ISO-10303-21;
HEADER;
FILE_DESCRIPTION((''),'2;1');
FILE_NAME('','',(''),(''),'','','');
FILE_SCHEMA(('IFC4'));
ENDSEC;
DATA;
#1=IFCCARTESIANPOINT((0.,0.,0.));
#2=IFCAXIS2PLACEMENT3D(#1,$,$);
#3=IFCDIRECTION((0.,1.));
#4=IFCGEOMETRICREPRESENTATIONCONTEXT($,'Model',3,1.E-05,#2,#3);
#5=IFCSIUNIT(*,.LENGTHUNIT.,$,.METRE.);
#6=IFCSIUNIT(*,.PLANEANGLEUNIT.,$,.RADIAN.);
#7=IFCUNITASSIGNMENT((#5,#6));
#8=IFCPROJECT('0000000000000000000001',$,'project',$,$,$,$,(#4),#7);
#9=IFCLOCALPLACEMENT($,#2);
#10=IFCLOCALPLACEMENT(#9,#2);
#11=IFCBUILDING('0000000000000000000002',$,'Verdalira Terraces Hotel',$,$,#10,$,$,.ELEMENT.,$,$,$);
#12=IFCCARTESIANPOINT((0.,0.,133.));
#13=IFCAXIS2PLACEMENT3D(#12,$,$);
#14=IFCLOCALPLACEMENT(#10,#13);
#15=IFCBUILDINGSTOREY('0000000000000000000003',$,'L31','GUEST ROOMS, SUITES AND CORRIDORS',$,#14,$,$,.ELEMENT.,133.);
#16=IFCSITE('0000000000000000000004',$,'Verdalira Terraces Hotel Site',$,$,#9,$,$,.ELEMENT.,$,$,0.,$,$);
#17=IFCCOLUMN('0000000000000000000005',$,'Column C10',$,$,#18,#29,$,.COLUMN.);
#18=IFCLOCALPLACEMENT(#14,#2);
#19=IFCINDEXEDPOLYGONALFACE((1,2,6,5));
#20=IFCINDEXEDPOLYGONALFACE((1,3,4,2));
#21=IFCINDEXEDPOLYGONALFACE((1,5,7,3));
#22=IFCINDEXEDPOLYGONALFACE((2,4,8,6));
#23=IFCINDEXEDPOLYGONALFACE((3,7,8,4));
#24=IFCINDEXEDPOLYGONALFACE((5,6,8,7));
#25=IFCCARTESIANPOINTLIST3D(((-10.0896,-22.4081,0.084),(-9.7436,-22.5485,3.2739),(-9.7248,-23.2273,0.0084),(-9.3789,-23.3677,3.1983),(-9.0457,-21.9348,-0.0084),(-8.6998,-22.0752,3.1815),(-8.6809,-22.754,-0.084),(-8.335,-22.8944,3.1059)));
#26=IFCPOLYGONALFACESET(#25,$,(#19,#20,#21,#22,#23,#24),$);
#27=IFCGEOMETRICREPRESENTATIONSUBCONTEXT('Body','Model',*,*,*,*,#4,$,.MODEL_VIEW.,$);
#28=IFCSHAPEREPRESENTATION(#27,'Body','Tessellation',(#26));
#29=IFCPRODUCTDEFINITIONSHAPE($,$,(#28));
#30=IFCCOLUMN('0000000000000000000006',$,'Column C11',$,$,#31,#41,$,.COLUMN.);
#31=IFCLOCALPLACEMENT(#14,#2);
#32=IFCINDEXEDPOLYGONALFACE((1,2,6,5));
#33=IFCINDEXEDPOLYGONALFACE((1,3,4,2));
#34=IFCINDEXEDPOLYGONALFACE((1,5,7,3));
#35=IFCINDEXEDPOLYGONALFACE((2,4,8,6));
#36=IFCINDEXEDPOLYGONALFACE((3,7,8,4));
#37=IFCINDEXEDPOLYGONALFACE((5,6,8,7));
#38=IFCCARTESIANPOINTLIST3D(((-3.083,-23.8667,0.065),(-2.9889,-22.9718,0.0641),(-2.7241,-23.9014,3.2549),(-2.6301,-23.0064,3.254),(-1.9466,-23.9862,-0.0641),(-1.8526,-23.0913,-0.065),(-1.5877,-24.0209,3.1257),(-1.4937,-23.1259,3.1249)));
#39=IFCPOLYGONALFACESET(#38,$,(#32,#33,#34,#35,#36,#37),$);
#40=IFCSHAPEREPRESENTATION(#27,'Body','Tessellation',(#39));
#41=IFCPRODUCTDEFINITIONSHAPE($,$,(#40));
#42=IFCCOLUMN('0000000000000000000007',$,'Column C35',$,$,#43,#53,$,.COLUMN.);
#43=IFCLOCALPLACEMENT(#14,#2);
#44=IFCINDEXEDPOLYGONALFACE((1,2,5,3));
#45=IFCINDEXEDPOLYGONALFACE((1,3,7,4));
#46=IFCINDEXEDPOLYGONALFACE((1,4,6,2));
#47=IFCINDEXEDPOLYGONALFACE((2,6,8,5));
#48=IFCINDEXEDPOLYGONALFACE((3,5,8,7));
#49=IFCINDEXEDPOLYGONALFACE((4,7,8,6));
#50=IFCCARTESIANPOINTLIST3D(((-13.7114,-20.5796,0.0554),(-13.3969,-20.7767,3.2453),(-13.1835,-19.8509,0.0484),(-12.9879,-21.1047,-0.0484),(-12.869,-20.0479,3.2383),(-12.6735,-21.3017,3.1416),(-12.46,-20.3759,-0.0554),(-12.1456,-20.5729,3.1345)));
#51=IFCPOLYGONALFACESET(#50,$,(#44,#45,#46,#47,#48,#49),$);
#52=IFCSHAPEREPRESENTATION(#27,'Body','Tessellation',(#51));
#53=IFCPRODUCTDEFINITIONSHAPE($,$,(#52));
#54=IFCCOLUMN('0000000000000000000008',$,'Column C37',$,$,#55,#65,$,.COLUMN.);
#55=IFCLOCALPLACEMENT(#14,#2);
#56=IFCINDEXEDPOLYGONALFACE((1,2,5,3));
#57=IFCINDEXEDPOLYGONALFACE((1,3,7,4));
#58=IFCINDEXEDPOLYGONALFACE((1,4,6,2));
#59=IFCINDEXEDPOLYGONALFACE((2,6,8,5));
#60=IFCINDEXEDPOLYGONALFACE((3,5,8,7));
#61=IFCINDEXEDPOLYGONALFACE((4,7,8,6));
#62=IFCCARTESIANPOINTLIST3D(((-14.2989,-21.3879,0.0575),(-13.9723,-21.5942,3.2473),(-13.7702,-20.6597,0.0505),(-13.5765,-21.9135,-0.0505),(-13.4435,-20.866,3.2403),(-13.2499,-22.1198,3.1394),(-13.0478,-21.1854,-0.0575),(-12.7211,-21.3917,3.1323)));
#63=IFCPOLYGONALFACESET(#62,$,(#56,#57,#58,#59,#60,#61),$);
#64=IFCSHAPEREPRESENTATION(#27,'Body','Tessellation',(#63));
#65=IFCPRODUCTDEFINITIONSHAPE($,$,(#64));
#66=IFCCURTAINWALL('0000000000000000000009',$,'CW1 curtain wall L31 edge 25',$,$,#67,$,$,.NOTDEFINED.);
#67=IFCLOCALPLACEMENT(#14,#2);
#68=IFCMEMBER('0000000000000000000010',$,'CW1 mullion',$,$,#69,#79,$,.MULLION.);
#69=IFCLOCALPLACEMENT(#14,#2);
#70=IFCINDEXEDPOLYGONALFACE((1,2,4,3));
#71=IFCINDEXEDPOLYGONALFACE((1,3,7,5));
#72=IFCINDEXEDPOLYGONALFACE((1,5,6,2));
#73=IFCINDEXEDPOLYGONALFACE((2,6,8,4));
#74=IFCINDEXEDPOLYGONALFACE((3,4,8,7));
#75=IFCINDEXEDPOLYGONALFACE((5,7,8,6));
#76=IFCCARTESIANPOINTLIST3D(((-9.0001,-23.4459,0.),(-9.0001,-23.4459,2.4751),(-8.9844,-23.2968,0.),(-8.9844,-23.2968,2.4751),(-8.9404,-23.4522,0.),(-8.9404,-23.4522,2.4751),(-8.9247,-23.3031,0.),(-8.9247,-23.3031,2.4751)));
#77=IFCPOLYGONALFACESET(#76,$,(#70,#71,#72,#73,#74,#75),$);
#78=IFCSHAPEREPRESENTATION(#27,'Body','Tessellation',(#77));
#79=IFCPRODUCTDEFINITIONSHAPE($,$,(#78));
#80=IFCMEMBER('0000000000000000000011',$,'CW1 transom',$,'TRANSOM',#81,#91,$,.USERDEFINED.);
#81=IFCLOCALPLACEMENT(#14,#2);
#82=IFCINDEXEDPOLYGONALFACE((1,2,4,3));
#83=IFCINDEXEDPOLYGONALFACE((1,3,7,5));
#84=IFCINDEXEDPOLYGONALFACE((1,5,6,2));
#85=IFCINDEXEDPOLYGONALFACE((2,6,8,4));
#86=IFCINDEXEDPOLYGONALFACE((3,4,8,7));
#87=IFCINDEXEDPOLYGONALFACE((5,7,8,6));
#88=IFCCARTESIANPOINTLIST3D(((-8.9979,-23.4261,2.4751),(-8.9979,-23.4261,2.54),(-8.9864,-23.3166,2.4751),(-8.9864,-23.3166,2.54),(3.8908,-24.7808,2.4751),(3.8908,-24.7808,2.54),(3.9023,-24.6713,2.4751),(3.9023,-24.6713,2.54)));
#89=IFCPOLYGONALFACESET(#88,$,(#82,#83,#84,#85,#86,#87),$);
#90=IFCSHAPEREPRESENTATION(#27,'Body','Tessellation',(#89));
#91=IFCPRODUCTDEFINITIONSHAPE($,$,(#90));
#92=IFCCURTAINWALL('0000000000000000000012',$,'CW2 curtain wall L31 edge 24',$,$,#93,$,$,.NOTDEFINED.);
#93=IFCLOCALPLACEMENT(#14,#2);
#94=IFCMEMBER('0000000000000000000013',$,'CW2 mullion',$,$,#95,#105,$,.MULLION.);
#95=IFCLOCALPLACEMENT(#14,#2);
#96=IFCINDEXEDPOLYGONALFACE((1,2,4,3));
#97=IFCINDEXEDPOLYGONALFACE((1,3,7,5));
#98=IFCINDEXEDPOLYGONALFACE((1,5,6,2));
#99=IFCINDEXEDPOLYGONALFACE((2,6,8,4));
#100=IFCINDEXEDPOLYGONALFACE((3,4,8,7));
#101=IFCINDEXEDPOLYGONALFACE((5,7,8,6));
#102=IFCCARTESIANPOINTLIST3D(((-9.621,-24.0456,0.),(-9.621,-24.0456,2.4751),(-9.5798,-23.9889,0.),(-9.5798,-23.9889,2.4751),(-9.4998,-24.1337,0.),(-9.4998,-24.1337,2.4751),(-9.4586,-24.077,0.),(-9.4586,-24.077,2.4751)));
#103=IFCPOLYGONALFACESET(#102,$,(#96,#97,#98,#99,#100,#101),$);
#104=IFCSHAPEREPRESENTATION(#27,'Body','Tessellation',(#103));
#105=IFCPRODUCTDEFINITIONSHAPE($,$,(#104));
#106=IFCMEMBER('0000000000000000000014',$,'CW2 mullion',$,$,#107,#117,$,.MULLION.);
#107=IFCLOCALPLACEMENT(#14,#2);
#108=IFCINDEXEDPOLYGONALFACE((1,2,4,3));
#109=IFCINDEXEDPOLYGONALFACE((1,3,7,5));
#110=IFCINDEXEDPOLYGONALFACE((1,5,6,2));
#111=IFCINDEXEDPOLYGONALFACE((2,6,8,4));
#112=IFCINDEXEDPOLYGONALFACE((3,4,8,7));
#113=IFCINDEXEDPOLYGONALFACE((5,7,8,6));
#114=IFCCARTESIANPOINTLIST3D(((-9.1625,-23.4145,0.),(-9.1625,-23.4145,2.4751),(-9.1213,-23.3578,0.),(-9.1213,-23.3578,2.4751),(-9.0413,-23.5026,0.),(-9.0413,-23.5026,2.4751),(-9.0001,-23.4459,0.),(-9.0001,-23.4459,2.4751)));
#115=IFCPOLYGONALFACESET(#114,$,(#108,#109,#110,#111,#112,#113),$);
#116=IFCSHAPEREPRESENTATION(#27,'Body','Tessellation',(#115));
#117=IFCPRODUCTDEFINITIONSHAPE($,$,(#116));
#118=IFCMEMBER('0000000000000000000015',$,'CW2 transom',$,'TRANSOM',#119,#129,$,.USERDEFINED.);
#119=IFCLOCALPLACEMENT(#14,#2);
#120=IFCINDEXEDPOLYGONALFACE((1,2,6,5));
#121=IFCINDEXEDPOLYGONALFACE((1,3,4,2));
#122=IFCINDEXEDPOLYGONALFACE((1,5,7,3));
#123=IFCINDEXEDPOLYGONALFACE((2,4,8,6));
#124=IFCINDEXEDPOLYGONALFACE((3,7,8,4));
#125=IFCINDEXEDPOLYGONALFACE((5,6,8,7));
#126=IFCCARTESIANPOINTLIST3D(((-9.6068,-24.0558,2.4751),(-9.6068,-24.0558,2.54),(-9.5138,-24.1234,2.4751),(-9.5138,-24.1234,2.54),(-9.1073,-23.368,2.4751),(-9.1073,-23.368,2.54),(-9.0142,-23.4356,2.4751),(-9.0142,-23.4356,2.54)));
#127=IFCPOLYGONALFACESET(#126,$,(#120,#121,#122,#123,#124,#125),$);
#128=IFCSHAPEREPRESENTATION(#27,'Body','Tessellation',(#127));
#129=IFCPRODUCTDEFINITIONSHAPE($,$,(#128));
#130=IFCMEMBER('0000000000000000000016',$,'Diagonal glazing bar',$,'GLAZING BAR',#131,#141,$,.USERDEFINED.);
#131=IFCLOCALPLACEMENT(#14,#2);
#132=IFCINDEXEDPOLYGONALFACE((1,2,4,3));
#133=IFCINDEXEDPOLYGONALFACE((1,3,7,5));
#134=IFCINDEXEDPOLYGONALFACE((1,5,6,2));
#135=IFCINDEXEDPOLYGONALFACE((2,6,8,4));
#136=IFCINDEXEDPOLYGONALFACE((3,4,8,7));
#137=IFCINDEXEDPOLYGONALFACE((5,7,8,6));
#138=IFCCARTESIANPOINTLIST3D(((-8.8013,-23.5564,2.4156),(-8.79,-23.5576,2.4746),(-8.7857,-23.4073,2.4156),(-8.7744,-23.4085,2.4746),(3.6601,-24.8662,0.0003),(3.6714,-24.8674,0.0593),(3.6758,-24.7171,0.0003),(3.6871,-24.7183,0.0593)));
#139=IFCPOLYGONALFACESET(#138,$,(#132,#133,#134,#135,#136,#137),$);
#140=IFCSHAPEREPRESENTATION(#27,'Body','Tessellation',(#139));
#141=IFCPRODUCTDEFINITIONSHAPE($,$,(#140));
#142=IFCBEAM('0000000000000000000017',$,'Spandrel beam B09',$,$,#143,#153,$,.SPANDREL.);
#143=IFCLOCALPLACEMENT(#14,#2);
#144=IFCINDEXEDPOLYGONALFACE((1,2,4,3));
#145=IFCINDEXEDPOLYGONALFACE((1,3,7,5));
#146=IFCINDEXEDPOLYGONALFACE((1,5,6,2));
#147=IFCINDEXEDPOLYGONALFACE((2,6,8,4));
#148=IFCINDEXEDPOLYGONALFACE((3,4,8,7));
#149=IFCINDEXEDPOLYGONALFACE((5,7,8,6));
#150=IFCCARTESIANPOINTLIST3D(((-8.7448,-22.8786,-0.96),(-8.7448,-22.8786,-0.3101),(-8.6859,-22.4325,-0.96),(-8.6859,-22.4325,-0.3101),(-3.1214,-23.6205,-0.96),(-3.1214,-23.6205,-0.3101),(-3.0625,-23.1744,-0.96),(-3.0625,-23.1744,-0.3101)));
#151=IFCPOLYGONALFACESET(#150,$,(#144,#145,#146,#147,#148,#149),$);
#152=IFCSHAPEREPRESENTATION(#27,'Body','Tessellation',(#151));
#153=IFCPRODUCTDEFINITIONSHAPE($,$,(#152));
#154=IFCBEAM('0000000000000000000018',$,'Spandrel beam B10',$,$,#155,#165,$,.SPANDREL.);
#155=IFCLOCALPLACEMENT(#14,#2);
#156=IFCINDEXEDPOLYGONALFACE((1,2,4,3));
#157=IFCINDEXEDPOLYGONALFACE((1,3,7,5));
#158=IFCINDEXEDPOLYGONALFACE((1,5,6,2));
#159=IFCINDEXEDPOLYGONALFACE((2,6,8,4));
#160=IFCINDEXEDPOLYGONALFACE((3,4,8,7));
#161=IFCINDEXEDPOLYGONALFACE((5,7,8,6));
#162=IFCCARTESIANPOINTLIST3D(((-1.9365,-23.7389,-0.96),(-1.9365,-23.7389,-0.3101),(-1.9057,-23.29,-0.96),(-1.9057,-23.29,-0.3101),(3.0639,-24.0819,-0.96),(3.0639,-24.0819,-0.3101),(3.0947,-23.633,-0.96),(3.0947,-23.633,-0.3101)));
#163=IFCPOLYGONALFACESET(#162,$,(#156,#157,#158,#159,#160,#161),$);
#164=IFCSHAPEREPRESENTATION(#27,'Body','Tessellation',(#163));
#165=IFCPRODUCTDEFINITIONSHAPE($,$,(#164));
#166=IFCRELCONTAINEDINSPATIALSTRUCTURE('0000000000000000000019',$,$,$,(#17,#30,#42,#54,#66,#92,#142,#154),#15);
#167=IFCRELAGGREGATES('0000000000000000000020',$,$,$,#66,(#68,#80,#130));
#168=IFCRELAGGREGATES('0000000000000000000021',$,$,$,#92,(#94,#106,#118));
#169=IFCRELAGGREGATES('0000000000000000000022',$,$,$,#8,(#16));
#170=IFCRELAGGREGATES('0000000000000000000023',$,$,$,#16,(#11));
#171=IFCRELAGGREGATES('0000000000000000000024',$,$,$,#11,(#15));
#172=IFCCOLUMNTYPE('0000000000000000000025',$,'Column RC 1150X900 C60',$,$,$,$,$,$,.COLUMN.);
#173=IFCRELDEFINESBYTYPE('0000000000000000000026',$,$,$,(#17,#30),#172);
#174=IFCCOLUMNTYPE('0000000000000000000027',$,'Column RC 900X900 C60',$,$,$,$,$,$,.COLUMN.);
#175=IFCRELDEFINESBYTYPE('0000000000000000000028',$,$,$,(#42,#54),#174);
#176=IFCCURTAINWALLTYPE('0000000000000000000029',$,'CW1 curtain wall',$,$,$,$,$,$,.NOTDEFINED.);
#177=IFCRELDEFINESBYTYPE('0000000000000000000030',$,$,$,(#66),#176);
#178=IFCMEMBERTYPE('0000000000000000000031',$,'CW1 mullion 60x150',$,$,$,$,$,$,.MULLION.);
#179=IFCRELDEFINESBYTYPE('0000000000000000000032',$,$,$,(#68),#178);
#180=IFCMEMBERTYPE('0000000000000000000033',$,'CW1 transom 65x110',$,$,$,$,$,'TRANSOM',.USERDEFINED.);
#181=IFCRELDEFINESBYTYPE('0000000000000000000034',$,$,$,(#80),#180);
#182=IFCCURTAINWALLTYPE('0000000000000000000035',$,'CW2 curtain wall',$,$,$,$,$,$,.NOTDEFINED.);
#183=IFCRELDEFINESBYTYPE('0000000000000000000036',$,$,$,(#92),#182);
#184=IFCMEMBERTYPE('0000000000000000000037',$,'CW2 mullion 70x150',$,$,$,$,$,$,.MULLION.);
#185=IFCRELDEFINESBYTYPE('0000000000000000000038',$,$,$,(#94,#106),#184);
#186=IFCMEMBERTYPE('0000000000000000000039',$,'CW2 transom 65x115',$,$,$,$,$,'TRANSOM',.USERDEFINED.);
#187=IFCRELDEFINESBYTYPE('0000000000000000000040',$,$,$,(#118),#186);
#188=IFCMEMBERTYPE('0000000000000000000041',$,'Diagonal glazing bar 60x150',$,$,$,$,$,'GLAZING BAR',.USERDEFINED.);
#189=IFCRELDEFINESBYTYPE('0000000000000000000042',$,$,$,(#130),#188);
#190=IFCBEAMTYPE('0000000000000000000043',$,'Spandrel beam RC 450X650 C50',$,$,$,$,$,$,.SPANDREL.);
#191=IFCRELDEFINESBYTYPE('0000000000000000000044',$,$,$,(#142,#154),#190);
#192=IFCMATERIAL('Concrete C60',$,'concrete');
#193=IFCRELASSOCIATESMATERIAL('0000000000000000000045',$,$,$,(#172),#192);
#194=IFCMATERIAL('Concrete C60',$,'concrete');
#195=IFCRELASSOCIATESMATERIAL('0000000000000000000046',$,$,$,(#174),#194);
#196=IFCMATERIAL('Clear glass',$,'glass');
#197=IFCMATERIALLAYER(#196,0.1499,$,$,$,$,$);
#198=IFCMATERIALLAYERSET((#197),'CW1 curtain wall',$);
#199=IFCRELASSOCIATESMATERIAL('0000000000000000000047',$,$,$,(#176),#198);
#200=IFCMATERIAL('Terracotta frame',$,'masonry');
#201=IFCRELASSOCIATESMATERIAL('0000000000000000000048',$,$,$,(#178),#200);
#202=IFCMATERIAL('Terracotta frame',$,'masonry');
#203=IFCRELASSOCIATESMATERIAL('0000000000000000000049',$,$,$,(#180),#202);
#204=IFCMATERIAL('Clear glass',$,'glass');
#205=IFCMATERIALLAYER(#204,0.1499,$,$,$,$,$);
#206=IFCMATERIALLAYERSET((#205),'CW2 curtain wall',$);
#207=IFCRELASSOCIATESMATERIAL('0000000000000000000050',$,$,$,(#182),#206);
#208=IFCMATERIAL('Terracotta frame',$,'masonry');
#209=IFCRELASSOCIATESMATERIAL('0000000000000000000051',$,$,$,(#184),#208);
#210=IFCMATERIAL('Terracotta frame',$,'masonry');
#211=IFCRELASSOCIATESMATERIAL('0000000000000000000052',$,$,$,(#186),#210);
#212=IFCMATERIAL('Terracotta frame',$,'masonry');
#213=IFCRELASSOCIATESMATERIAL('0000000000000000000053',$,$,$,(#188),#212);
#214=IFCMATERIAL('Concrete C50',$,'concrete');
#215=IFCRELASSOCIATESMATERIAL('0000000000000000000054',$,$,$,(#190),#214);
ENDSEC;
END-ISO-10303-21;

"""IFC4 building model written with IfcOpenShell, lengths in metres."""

from ifc_helpers import new_model, si_unit, direction, frame, origin, origin_2d, place, context, subcontext, project, spatial, rectangle, extrude, material, layer, layer_set, material_profile, profile_set, type_object, element, aggregate, save


model = new_model("IFC4")

# Units and contexts
model_context = context("Model", 3, precision=1e-05, world=origin(), true_north=direction((0.0, 1.0)))
body_context = subcontext(model_context, "Body", "Model", "MODEL_VIEW")
ifc_project = project(units=[si_unit("LENGTHUNIT", "METRE"), si_unit("PLANEANGLEUNIT", "RADIAN")], contexts=[model_context])

# Site, building, storey
site_placement = place(None, origin())
site = spatial("IfcSite", under=ifc_project, at=site_placement, Name="Verdalira Terraces Hotel Site", CompositionType="ELEMENT", RefElevation=0.0)
building_placement = place(site_placement, origin())
building = spatial("IfcBuilding", under=site, at=building_placement, Name="Verdalira Terraces Hotel", CompositionType="ELEMENT")
storey_placement = place(building_placement, frame((0.0, 0.0, 133.0)))
storey = spatial("IfcBuildingStorey", under=building, at=storey_placement, Name="L31", Description="GUEST ROOMS, SUITES AND CORRIDORS", CompositionType="ELEMENT", Elevation=133.0)

# Columns
ifc_material_1 = material(Name="Concrete C60", Category="concrete")
ifc_material_profile_1 = material_profile(ifc_material_1, rectangle(XDim=1.1499, YDim=0.8999, at=origin_2d()), Name="RC 1150X900")
ifc_profile_set_1 = profile_set([ifc_material_profile_1], Name="Concrete C60")
column_type_1 = type_object("IfcColumnType", Name="Column RC 1150X900 C60", PredefinedType="COLUMN", material=ifc_profile_set_1)
column_1_placement = place(storey_placement, frame((-9.3853, -22.5811, 0.0), z_axis=(0.107714, -0.043709, 0.993221), x_axis=(-0.9078, -0.411637, 0.080335)))
element("IfcColumn", 1, at=column_1_placement, inside=storey, type_object=column_type_1, Name="Column C10", PredefinedType="COLUMN", context=body_context, shape_type="SweptSolid", body=[
    extrude(rectangle(XDim=1.1499, YDim=0.8999, at=origin_2d()), origin(), (0.0, 0.0, 1.0), 3.2117),
])
column_2_placement = place(storey_placement, frame((-2.4678, -23.479, 0.0), z_axis=(0.111794, -0.010799, 0.993673), x_axis=(0.988223, -0.103932, -0.11231)))
element("IfcColumn", 2, at=column_2_placement, inside=storey, type_object=column_type_1, Name="Column C11", PredefinedType="COLUMN", context=body_context, shape_type="SweptSolid", body=[
    extrude(rectangle(XDim=1.1499, YDim=0.8999, at=origin_2d()), origin(), (0.0, 0.0, 1.0), 3.2102),
])
ifc_material_2 = material(Name="Concrete C60", Category="concrete")
ifc_material_profile_2 = material_profile(ifc_material_2, rectangle(XDim=0.8999, YDim=0.8999, at=origin_2d()), Name="RC 900X900")
ifc_profile_set_2 = profile_set([ifc_material_profile_2], Name="Concrete C60")
column_type_2 = type_object("IfcColumnType", Name="Column RC 900X900 C60", PredefinedType="COLUMN", material=ifc_profile_set_2)
column_3_placement = place(storey_placement, frame((-13.0857, -20.4778, 0.0), z_axis=(0.097916, -0.06135, 0.993302), x_axis=(-0.58661, -0.809832, 0.007808)))
element("IfcColumn", 3, at=column_3_placement, inside=storey, type_object=column_type_2, Name="Column C35", PredefinedType="COLUMN", context=body_context, shape_type="SweptSolid", body=[
    extrude(rectangle(XDim=0.8999, YDim=0.8999, at=origin_2d()), origin(), (0.0, 0.0, 1.0), 3.2114),
])
column_4_placement = place(storey_placement, frame((-13.6733, -21.2866, 0.0), z_axis=(0.10166, -0.064202, 0.992745), x_axis=(-0.587559, -0.809143, 0.007839)))
element("IfcColumn", 4, at=column_4_placement, inside=storey, type_object=column_type_2, Name="Column C37", PredefinedType="COLUMN", context=body_context, shape_type="SweptSolid", body=[
    extrude(rectangle(XDim=0.8999, YDim=0.8999, at=origin_2d()), origin(), (0.0, 0.0, 1.0), 3.2131),
])

# Curtain walls, members
ifc_material_3 = material(Name="Clear glass", Category="glass")
ifc_layer_1 = layer(ifc_material_3, 0.1499)
ifc_layer_set_1 = layer_set([ifc_layer_1], Name="CW1 curtain wall")
curtain_wall_type_1 = type_object("IfcCurtainWallType", Name="CW1 curtain wall", PredefinedType="NOTDEFINED", material=ifc_layer_set_1)
curtain_wall_1_placement = place(storey_placement, origin())
curtain_wall_1 = element("IfcCurtainWall", 5, at=curtain_wall_1_placement, inside=storey, type_object=curtain_wall_type_1, Name="CW1 curtain wall L31 edge 25", PredefinedType="NOTDEFINED")
ifc_material_4 = material(Name="Terracotta frame", Category="masonry")
ifc_material_profile_3 = material_profile(ifc_material_4, rectangle(XDim=0.0601, YDim=0.1499, at=origin_2d()), Name="MU 60x150")
ifc_profile_set_3 = profile_set([ifc_material_profile_3], Name="Terracotta frame")
member_type_1 = type_object("IfcMemberType", Name="CW1 mullion 60x150", PredefinedType="MULLION", material=ifc_profile_set_3)
member_1_placement = place(storey_placement, frame((-8.9624, -23.3745, 0.0), z_axis=(0.0, 0.0, 1.0), x_axis=(0.994522, -0.104528, 0.0)))
member_1 = element("IfcMember", 6, at=member_1_placement, type_object=member_type_1, Name="CW1 mullion", PredefinedType="MULLION", context=body_context, shape_type="SweptSolid", body=[
    extrude(rectangle(XDim=0.0601, YDim=0.1499, at=origin_2d()), origin(), (0.0, 0.0, 1.0), 2.4751),
])
ifc_material_5 = material(Name="Terracotta frame", Category="masonry")
ifc_material_profile_4 = material_profile(ifc_material_5, rectangle(XDim=0.1101, YDim=0.0649, at=origin_2d()), Name="TR 65x110")
ifc_profile_set_4 = profile_set([ifc_material_profile_4], Name="Terracotta frame")
member_type_2 = type_object("IfcMemberType", Name="CW1 transom 65x110", ElementType="TRANSOM", PredefinedType="USERDEFINED", material=ifc_profile_set_4)
member_2_placement = place(storey_placement, frame((-8.9922, -23.3713, 2.5076), z_axis=(0.994521, -0.104535, 0.0), x_axis=(0.104535, 0.994521, 0.0)))
member_2 = element("IfcMember", 7, at=member_2_placement, type_object=member_type_2, Name="CW1 transom", ObjectType="TRANSOM", PredefinedType="USERDEFINED", context=body_context, shape_type="SweptSolid", body=[
    extrude(rectangle(XDim=0.1101, YDim=0.0649, at=origin_2d()), origin(), (0.0, 0.0, 1.0), 12.9597),
])
ifc_material_6 = material(Name="Clear glass", Category="glass")
ifc_layer_2 = layer(ifc_material_6, 0.1499)
ifc_layer_set_2 = layer_set([ifc_layer_2], Name="CW2 curtain wall")
curtain_wall_type_2 = type_object("IfcCurtainWallType", Name="CW2 curtain wall", PredefinedType="NOTDEFINED", material=ifc_layer_set_2)
curtain_wall_2_placement = place(storey_placement, origin())
curtain_wall_2 = element("IfcCurtainWall", 8, at=curtain_wall_2_placement, inside=storey, type_object=curtain_wall_type_2, Name="CW2 curtain wall L31 edge 24", PredefinedType="NOTDEFINED")
ifc_material_7 = material(Name="Terracotta frame", Category="masonry")
ifc_material_profile_5 = material_profile(ifc_material_7, rectangle(XDim=0.0701, YDim=0.1499, at=origin_2d()), Name="MU 70x150")
ifc_profile_set_5 = profile_set([ifc_material_profile_5], Name="Terracotta frame")
member_type_3 = type_object("IfcMemberType", Name="CW2 mullion 70x150", PredefinedType="MULLION", material=ifc_profile_set_5)
member_3_placement = place(storey_placement, frame((-9.5398, -24.0613, 0.0), z_axis=(0.0, 0.0, 1.0), x_axis=(0.587785, 0.809017, 0.0)))
member_3 = element("IfcMember", 9, at=member_3_placement, type_object=member_type_3, Name="CW2 mullion", PredefinedType="MULLION", context=body_context, shape_type="SweptSolid", body=[
    extrude(rectangle(XDim=0.0701, YDim=0.1499, at=origin_2d()), origin(), (0.0, 0.0, 1.0), 2.4751),
])
member_4_placement = place(storey_placement, frame((-9.0813, -23.4302, 0.0), z_axis=(0.0, 0.0, 1.0), x_axis=(0.587785, 0.809017, 0.0)))
member_4 = element("IfcMember", 10, at=member_4_placement, type_object=member_type_3, Name="CW2 mullion", PredefinedType="MULLION", context=body_context, shape_type="SweptSolid", body=[
    extrude(rectangle(XDim=0.0701, YDim=0.1499, at=origin_2d()), origin(), (0.0, 0.0, 1.0), 2.4751),
])
ifc_material_8 = material(Name="Terracotta frame", Category="masonry")
ifc_material_profile_6 = material_profile(ifc_material_8, rectangle(XDim=0.115, YDim=0.0649, at=origin_2d()), Name="TR 65x115")
ifc_profile_set_6 = profile_set([ifc_material_profile_6], Name="Terracotta frame")
member_type_4 = type_object("IfcMemberType", Name="CW2 transom 65x115", ElementType="TRANSOM", PredefinedType="USERDEFINED", material=ifc_profile_set_6)
member_5_placement = place(storey_placement, frame((-9.5603, -24.0896, 2.5076), z_axis=(0.587659, 0.809109, 0.0), x_axis=(-0.809109, 0.587659, 0.0)))
member_5 = element("IfcMember", 11, at=member_5_placement, type_object=member_type_4, Name="CW2 transom", ObjectType="TRANSOM", PredefinedType="USERDEFINED", context=body_context, shape_type="SweptSolid", body=[
    extrude(rectangle(XDim=0.115, YDim=0.0649, at=origin_2d()), origin(), (0.0, 0.0, 1.0), 0.8501),
])

# Member
ifc_material_9 = material(Name="Terracotta frame", Category="masonry")
ifc_material_profile_7 = material_profile(ifc_material_9, rectangle(XDim=0.1499, YDim=0.0601, at=origin_2d()), Name="GB 60x150")
ifc_profile_set_7 = profile_set([ifc_material_profile_7], Name="Terracotta frame")
member_type_5 = type_object("IfcMemberType", Name="Diagonal glazing bar 60x150", ElementType="GLAZING BAR", PredefinedType="USERDEFINED", material=ifc_profile_set_7)
member_6_placement = place(storey_placement, frame((-8.7878, -23.4824, 2.4451), z_axis=(0.976545, -0.102644, -0.189275), x_axis=(0.104534, 0.994521, 0.0)))
member_6 = element("IfcMember", 12, at=member_6_placement, type_object=member_type_5, Name="Diagonal glazing bar", ObjectType="GLAZING BAR", PredefinedType="USERDEFINED", context=body_context, shape_type="SweptSolid", body=[
    extrude(rectangle(XDim=0.1499, YDim=0.0601, at=origin_2d()), origin(), (0.0, 0.0, 1.0), 12.7607),
])

# Beams
ifc_material_10 = material(Name="Concrete C50", Category="concrete")
ifc_material_profile_8 = material_profile(ifc_material_10, rectangle(XDim=0.45, YDim=0.6499, at=origin_2d()), Name="RC 450X650")
ifc_profile_set_8 = profile_set([ifc_material_profile_8], Name="Concrete C50")
beam_type = type_object("IfcBeamType", Name="Spandrel beam RC 450X650 C50", PredefinedType="SPANDREL", material=ifc_profile_set_8)
beam_1_placement = place(storey_placement, frame((-8.7153, -22.6555, -0.635), z_axis=(0.991408, -0.130807, 0.0), x_axis=(0.130807, 0.991408, 0.0)))
element("IfcBeam", 13, at=beam_1_placement, inside=storey, type_object=beam_type, Name="Spandrel beam B09", PredefinedType="SPANDREL", context=body_context, shape_type="SweptSolid", body=[
    extrude(rectangle(XDim=0.45, YDim=0.6499, at=origin_2d()), origin(), (0.0, 0.0, 1.0), 5.6721),
])
beam_2_placement = place(storey_placement, frame((-1.9211, -23.5144, -0.635), z_axis=(0.997656, -0.068436, 0.0), x_axis=(0.068436, 0.997656, 0.0)))
element("IfcBeam", 14, at=beam_2_placement, inside=storey, type_object=beam_type, Name="Spandrel beam B10", PredefinedType="SPANDREL", context=body_context, shape_type="SweptSolid", body=[
    extrude(rectangle(XDim=0.45, YDim=0.6499, at=origin_2d()), origin(), (0.0, 0.0, 1.0), 5.0122),
])

aggregate(curtain_wall_1, [member_1, member_2, member_6])
aggregate(curtain_wall_2, [member_3, member_4, member_5])

save(model, "model.ifc")
